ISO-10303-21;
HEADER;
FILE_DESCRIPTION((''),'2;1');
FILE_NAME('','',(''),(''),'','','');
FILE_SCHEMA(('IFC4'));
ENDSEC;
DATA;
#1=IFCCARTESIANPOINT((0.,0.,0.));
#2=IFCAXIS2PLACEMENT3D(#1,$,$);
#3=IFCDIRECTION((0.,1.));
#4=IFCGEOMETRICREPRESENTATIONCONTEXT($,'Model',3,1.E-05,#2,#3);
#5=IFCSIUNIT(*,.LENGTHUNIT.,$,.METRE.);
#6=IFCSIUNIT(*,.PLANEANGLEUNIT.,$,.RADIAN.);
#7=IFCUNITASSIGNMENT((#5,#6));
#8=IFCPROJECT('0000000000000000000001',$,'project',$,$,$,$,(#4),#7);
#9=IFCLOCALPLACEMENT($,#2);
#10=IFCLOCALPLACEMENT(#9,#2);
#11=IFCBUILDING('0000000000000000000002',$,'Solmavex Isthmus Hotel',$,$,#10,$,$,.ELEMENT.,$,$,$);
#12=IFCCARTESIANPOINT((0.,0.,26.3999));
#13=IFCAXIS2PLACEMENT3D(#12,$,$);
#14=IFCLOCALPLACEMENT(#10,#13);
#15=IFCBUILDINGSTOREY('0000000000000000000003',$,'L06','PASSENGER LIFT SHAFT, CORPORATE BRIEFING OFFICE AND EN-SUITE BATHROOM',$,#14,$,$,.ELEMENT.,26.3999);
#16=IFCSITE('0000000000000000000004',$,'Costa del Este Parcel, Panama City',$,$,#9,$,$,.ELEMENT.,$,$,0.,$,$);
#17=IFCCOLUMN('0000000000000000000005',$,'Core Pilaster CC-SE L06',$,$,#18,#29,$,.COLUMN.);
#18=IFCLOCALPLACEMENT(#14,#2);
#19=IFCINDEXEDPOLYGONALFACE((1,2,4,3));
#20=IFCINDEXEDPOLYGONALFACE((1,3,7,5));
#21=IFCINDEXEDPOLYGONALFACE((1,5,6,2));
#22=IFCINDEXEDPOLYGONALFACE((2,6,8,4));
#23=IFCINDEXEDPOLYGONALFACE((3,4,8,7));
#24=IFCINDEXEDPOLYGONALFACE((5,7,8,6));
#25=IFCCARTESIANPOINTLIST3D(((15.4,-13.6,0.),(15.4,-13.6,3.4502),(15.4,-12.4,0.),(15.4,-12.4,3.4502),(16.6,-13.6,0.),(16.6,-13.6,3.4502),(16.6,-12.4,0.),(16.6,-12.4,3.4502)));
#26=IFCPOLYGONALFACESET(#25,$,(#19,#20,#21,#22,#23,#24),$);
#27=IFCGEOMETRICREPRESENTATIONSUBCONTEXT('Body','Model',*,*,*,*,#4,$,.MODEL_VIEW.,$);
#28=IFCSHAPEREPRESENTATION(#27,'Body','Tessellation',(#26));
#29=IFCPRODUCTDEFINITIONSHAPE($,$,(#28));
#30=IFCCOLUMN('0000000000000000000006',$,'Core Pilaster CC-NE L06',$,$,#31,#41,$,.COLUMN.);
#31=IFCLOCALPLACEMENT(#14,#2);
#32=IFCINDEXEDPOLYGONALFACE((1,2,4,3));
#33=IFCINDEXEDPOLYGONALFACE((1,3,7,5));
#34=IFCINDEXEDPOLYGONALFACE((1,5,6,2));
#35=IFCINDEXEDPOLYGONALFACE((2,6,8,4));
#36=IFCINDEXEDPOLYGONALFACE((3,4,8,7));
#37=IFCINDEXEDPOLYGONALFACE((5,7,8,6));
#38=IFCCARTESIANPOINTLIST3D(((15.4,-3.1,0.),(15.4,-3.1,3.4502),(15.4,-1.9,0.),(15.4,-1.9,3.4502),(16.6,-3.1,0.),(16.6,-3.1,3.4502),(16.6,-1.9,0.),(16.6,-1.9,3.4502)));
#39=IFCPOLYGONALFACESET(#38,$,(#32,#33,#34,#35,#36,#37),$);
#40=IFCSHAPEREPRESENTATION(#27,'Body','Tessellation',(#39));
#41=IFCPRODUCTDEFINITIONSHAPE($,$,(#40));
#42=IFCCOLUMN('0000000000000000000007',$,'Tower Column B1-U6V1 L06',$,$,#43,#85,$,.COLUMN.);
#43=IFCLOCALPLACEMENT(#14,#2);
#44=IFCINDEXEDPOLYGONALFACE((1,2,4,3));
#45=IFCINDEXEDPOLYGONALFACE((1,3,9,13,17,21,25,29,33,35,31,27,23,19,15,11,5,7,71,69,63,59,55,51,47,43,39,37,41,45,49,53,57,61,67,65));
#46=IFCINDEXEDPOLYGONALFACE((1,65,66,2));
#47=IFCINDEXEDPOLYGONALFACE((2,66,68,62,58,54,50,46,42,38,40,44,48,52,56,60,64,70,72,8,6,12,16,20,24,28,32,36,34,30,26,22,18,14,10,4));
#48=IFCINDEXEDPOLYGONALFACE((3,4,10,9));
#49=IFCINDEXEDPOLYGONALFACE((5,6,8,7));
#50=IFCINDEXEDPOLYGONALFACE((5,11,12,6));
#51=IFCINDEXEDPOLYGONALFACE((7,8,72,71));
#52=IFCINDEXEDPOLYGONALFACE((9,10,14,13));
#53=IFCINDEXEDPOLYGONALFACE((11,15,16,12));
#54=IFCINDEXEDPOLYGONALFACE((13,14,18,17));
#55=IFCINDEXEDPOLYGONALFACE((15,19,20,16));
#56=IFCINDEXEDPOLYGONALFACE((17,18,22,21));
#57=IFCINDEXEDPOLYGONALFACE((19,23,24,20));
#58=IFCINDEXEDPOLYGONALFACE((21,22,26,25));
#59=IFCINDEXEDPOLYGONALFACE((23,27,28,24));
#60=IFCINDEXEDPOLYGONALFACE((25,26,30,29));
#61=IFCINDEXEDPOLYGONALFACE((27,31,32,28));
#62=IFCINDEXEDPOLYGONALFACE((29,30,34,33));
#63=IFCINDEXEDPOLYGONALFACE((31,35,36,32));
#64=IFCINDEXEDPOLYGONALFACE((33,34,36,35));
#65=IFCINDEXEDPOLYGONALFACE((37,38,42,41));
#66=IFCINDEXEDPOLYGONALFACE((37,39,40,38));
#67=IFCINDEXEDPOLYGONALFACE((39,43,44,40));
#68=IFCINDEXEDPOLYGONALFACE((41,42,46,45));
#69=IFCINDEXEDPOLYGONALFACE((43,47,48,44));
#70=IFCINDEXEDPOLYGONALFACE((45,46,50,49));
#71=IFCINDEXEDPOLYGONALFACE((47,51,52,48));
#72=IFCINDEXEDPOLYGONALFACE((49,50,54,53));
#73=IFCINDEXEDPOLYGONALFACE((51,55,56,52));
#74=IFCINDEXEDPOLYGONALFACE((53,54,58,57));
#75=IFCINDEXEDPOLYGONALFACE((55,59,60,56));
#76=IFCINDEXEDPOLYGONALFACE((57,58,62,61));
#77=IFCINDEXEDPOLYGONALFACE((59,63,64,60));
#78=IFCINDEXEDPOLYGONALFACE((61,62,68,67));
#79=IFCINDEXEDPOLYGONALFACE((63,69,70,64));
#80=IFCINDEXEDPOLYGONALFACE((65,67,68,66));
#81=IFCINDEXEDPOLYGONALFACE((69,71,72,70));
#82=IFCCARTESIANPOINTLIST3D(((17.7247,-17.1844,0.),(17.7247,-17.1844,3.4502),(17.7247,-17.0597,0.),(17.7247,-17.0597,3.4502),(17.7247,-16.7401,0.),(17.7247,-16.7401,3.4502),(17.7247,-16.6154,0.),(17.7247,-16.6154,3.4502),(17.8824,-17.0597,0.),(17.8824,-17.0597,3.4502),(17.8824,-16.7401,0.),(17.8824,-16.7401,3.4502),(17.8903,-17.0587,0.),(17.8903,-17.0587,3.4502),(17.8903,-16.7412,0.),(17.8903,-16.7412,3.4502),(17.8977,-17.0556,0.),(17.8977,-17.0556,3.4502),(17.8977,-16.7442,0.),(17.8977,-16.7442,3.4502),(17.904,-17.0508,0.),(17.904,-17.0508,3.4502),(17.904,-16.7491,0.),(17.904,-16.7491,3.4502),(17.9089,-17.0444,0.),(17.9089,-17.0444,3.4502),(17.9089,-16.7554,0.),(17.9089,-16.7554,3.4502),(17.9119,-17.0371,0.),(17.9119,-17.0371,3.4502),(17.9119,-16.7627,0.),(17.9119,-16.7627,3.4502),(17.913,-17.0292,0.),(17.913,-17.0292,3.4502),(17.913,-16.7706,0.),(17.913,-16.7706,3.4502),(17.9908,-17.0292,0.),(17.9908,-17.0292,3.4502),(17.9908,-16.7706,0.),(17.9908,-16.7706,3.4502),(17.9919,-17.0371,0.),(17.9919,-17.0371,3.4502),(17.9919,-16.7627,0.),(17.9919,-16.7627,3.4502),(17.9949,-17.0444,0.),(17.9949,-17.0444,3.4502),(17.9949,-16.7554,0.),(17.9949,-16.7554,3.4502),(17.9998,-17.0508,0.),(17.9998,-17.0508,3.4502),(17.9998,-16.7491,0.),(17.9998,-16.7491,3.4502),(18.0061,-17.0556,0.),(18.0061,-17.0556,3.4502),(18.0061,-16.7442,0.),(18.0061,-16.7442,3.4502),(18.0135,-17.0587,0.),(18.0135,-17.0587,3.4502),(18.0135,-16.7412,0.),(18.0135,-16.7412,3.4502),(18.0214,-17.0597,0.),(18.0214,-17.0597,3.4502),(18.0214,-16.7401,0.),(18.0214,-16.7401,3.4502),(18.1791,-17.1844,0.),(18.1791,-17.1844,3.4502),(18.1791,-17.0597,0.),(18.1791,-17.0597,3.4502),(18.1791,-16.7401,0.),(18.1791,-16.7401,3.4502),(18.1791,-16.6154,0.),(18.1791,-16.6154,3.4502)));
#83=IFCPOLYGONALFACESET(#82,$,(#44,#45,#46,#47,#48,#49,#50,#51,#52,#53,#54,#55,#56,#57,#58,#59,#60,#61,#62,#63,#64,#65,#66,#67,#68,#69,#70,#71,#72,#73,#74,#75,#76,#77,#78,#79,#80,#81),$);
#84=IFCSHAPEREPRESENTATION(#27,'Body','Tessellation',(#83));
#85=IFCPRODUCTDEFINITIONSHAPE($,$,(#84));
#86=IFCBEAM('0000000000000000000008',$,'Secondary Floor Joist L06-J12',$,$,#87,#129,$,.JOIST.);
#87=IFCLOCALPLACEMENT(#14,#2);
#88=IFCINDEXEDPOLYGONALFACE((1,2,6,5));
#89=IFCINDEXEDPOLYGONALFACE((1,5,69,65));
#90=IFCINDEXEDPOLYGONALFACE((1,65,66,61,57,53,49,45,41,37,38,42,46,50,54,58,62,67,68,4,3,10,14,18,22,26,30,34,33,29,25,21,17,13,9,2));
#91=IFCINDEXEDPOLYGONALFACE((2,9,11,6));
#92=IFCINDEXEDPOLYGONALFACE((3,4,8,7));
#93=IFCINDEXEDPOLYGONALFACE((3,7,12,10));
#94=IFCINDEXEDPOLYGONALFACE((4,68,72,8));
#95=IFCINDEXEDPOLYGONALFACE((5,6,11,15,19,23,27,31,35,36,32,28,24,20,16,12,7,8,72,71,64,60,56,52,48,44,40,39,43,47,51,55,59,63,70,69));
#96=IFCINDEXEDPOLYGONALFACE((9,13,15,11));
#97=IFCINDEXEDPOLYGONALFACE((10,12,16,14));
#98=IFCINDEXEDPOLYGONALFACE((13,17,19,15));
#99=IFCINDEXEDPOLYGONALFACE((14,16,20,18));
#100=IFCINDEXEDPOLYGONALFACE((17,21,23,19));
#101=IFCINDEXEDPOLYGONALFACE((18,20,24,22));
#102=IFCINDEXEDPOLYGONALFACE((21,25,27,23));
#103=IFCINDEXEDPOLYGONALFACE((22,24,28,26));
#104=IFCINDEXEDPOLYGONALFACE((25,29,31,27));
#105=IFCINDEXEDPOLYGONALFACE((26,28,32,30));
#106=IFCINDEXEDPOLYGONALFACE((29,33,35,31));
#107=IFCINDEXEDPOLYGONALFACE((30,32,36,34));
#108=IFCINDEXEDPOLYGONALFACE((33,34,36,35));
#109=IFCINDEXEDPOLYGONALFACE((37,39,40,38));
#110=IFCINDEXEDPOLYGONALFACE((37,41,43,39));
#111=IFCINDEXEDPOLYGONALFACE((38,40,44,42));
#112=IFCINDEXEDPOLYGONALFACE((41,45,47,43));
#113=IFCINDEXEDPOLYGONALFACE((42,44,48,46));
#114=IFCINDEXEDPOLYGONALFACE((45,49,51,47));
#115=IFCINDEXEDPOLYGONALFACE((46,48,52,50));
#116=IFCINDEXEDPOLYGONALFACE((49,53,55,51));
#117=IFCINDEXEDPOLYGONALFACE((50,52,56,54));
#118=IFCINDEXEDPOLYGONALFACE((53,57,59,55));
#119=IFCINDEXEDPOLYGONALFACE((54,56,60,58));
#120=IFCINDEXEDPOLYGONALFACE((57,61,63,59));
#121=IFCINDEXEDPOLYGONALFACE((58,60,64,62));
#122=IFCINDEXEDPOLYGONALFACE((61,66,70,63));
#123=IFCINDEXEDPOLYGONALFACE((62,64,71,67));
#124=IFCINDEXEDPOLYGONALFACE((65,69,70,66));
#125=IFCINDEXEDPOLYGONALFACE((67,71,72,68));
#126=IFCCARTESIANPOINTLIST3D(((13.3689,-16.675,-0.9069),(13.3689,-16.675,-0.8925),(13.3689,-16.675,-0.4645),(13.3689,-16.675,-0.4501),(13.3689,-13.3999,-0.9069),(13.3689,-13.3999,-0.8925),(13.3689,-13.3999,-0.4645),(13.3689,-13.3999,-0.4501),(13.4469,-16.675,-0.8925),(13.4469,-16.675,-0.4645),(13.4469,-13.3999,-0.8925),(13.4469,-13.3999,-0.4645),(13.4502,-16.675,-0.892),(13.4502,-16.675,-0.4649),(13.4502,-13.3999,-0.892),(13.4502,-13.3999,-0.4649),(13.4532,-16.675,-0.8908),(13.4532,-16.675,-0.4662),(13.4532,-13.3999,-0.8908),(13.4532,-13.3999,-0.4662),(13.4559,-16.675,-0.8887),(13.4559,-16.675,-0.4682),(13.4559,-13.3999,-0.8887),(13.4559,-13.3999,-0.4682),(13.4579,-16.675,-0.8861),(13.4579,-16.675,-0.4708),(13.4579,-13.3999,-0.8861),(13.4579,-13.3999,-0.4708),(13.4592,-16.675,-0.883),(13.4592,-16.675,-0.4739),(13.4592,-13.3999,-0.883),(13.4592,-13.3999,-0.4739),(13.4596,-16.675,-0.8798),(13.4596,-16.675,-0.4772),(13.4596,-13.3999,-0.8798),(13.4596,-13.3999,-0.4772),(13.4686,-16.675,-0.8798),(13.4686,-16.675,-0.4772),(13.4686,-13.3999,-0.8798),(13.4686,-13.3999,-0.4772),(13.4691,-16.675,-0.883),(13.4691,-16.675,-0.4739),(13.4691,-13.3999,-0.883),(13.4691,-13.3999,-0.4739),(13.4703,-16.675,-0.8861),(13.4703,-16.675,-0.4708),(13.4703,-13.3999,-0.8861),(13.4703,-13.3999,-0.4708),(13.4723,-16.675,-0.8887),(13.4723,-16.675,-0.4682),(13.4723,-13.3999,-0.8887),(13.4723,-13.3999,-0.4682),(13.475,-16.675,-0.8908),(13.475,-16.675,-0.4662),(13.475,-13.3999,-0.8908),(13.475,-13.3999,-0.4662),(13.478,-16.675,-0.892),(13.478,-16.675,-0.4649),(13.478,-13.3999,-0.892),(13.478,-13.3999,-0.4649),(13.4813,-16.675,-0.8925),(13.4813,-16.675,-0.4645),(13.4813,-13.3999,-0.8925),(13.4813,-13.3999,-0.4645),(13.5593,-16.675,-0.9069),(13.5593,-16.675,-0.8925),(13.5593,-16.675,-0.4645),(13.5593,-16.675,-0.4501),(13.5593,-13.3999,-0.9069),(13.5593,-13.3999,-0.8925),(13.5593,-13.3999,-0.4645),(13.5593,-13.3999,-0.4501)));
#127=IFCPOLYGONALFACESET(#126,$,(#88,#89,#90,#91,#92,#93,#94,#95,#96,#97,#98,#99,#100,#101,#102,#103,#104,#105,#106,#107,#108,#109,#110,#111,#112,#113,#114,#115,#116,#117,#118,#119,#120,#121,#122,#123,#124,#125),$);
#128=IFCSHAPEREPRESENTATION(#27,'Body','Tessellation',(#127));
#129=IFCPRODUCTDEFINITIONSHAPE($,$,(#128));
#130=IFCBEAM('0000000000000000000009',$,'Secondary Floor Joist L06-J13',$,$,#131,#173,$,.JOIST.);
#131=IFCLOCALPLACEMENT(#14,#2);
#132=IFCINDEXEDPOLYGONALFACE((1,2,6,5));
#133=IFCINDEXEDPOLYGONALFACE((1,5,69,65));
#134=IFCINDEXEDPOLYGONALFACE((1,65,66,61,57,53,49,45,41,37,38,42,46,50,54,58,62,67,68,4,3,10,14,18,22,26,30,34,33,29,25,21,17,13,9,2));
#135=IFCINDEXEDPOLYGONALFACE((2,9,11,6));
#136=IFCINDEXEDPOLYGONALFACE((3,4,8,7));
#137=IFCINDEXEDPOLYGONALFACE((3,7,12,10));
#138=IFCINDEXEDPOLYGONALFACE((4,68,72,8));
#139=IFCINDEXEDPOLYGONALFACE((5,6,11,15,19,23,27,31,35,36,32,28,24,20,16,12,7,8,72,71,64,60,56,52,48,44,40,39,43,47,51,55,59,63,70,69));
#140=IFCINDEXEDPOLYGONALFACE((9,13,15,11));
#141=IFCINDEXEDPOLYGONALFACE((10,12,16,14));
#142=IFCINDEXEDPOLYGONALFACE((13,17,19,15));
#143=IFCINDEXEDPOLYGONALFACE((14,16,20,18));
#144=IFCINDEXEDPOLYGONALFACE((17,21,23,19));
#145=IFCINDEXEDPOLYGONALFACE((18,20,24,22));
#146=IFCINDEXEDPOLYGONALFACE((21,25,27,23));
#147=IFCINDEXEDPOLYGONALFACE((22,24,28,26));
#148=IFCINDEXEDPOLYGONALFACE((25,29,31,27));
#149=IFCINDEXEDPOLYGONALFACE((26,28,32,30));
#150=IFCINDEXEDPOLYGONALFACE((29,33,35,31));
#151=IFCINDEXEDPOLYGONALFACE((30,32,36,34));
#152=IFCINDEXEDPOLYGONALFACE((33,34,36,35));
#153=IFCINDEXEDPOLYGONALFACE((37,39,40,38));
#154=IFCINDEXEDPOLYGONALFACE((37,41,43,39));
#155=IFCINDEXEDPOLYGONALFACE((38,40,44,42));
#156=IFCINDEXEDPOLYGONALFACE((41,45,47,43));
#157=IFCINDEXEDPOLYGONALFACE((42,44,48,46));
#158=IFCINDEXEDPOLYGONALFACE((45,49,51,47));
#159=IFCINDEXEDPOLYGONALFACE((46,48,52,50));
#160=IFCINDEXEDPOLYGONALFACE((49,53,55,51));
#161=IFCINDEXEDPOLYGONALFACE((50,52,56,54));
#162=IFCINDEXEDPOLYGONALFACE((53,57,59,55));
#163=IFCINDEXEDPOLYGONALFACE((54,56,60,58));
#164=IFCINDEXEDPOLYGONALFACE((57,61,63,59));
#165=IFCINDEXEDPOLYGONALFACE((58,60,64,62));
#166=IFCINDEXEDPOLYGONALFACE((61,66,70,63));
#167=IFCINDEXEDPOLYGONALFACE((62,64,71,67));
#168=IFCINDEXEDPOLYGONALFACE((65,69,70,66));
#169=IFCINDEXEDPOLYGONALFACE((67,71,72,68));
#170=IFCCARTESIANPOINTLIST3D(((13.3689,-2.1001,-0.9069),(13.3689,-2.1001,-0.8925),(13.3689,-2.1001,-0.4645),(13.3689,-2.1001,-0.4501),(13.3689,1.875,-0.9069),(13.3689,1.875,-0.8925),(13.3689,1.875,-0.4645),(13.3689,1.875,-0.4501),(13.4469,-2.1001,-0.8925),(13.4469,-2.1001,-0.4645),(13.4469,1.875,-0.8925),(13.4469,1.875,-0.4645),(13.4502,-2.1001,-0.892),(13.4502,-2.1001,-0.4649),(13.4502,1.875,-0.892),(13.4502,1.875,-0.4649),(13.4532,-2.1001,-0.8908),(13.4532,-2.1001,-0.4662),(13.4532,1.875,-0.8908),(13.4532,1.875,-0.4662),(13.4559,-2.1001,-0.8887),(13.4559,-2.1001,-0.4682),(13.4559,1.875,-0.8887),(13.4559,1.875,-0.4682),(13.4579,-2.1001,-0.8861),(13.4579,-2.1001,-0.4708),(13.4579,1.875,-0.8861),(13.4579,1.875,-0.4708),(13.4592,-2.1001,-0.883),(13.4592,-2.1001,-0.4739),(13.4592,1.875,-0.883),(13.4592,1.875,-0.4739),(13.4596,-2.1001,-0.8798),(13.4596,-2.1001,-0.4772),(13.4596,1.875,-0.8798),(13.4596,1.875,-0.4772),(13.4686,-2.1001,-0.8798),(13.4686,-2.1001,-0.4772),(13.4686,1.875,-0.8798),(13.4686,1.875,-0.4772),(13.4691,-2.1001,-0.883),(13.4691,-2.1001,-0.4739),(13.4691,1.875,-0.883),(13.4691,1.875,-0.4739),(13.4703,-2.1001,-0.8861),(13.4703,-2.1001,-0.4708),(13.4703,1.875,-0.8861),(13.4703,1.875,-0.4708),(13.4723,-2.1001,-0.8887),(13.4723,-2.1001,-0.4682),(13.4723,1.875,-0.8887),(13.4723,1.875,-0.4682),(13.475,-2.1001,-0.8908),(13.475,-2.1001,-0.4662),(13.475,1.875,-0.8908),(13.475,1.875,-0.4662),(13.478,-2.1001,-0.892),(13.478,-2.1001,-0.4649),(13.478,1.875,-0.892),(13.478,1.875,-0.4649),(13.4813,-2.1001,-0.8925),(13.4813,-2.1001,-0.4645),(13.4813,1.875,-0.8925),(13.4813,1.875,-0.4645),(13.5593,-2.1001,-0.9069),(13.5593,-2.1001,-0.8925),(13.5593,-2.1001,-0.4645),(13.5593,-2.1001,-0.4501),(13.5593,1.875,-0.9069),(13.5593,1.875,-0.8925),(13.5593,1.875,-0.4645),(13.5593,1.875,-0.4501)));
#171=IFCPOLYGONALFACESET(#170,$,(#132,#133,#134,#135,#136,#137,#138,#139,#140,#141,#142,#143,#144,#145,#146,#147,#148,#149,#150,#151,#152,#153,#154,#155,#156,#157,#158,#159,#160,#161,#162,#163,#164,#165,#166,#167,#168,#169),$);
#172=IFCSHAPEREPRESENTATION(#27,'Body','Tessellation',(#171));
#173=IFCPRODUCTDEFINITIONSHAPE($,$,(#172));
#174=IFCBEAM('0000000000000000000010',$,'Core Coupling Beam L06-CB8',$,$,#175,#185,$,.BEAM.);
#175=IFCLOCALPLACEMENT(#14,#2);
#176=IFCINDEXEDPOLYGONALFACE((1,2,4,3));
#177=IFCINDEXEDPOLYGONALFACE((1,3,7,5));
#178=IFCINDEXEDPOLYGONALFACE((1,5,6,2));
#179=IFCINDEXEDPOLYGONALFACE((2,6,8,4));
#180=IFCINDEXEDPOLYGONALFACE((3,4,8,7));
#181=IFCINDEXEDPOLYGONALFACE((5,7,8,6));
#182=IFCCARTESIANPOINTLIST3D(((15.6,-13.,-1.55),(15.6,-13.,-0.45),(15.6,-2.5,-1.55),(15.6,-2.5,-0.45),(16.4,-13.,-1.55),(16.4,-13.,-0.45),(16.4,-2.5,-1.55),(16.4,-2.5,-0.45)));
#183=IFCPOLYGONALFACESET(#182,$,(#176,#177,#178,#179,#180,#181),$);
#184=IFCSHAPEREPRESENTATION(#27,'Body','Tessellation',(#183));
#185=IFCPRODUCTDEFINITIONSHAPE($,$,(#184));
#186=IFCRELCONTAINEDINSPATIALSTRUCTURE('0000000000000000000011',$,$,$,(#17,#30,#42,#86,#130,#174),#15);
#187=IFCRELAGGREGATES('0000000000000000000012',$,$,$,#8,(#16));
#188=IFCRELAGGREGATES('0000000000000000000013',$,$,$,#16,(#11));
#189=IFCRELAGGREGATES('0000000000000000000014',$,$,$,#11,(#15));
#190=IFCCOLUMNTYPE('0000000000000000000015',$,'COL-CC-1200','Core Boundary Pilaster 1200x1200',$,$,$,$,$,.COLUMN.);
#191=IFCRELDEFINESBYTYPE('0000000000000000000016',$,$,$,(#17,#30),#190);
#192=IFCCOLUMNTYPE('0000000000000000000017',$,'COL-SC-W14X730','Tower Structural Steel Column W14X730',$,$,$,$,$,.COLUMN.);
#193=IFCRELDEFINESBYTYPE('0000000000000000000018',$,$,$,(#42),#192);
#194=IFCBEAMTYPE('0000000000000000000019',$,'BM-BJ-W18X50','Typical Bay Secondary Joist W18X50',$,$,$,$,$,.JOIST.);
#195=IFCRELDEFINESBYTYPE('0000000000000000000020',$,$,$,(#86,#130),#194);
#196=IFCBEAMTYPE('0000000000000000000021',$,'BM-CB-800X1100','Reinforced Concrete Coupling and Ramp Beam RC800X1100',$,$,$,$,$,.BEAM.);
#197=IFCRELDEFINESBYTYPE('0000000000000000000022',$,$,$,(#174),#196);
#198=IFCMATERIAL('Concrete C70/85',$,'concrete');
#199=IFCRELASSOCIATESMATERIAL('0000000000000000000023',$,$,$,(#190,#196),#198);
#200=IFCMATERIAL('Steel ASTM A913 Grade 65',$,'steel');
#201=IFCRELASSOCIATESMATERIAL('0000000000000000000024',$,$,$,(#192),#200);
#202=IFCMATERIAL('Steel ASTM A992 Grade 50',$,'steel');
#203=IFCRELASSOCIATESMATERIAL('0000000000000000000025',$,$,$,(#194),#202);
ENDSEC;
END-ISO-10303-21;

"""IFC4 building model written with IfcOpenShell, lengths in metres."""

from ifc_helpers import new_model, si_unit, direction, frame, origin, origin_2d, place, context, subcontext, project, spatial, rectangle, i_section, extrude, material, material_profile, profile_set, type_object, element, save


model = new_model("IFC4")

# Units and contexts
model_context = context("Model", 3, precision=1e-05, world=origin(), true_north=direction((0.0, 1.0)))
body_context = subcontext(model_context, "Body", "Model", "MODEL_VIEW")
ifc_project = project(units=[si_unit("LENGTHUNIT", "METRE"), si_unit("PLANEANGLEUNIT", "RADIAN")], contexts=[model_context])

# Site, building, storey
site_placement = place(None, origin())
site = spatial("IfcSite", under=ifc_project, at=site_placement, Name="Costa del Este Parcel, Panama City", CompositionType="ELEMENT", RefElevation=0.0)
building_placement = place(site_placement, origin())
building = spatial("IfcBuilding", under=site, at=building_placement, Name="Solmavex Isthmus Hotel", CompositionType="ELEMENT")
storey_placement = place(building_placement, frame((0.0, 0.0, 26.3999)))
storey = spatial("IfcBuildingStorey", under=building, at=storey_placement, Name="L06", Description="PASSENGER LIFT SHAFT, CORPORATE BRIEFING OFFICE AND EN-SUITE BATHROOM", CompositionType="ELEMENT", Elevation=26.3999)

# Columns
ifc_material_1 = material(Name="Concrete C70/85", Category="concrete")
ifc_material_profile_1 = material_profile(ifc_material_1, rectangle(XDim=1.2, YDim=1.2, at=origin_2d()), Name="RC1200X1200")
ifc_profile_set_1 = profile_set([ifc_material_profile_1], Name="Concrete C70/85")
column_type_1 = type_object("IfcColumnType", Name="COL-CC-1200", Description="Core Boundary Pilaster 1200x1200", PredefinedType="COLUMN", material=ifc_profile_set_1)
for number, where, z_axis, x_axis, name in (
    (1, (16.0, -13.0, 0.0), (0.0, 0.0, 1.0), (1.0, 0.0, 0.0), "Core Pilaster CC-SE L06"),
    (2, (16.0, -2.5, 0.0), (0.0, 0.0, 1.0), (1.0, 0.0, 0.0), "Core Pilaster CC-NE L06"),
):
    element("IfcColumn", number, at=place(storey_placement, frame(where, z_axis=z_axis, x_axis=x_axis)), inside=storey, type_object=column_type_1, Name=name, PredefinedType="COLUMN", context=body_context, shape_type="SweptSolid", body=[
        extrude(rectangle(XDim=1.2, YDim=1.2, at=origin_2d()), origin(), (0.0, 0.0, 1.0), 3.4502),
    ])
ifc_material_2 = material(Name="Steel ASTM A913 Grade 65", Category="steel")
ifc_material_profile_2 = material_profile(ifc_material_2, i_section(OverallWidth=0.4543, OverallDepth=0.5691, WebThickness=0.0779, FlangeThickness=0.1248, FilletRadius=0.0305, at=origin_2d()), Name="W14X730")
ifc_profile_set_2 = profile_set([ifc_material_profile_2], Name="Steel ASTM A913 Grade 65")
column_type_2 = type_object("IfcColumnType", Name="COL-SC-W14X730", Description="Tower Structural Steel Column W14X730", PredefinedType="COLUMN", material=ifc_profile_set_2)
column_placement = place(storey_placement, frame((17.9519, -16.8999, 0.0), z_axis=(0.0, 0.0, 1.0), x_axis=(1.0, 0.0, 0.0)))
element("IfcColumn", 3, at=column_placement, inside=storey, type_object=column_type_2, Name="Tower Column B1-U6V1 L06", PredefinedType="COLUMN", context=body_context, shape_type="SweptSolid", body=[
    extrude(i_section(OverallWidth=0.4543, OverallDepth=0.5691, WebThickness=0.0779, FlangeThickness=0.1248, FilletRadius=0.0305, at=origin_2d()), origin(), (0.0, 0.0, 1.0), 3.4502),
])

# Beams
ifc_material_3 = material(Name="Steel ASTM A992 Grade 50", Category="steel")
ifc_material_profile_3 = material_profile(ifc_material_3, i_section(OverallWidth=0.1904, OverallDepth=0.4568, WebThickness=0.009, FlangeThickness=0.0144, FilletRadius=0.0127, at=origin_2d()), Name="W18X50")
ifc_profile_set_3 = profile_set([ifc_material_profile_3], Name="Steel ASTM A992 Grade 50")
beam_type_1 = type_object("IfcBeamType", Name="BM-BJ-W18X50", Description="Typical Bay Secondary Joist W18X50", PredefinedType="JOIST", material=ifc_profile_set_3)
beam_1_placement = place(storey_placement, frame((13.4641, -16.675, -0.6785), z_axis=(0.0, 1.0, 0.0), x_axis=(-1.0, 0.0, 0.0)))
element("IfcBeam", 4, at=beam_1_placement, inside=storey, type_object=beam_type_1, Name="Secondary Floor Joist L06-J12", PredefinedType="JOIST", context=body_context, shape_type="SweptSolid", body=[
    extrude(i_section(OverallWidth=0.1904, OverallDepth=0.4568, WebThickness=0.009, FlangeThickness=0.0144, FilletRadius=0.0127, at=origin_2d()), origin(), (0.0, 0.0, 1.0), 3.2751),
])
beam_2_placement = place(storey_placement, frame((13.4641, -2.1001, -0.6785), z_axis=(0.0, 1.0, 0.0), x_axis=(-1.0, 0.0, 0.0)))
element("IfcBeam", 5, at=beam_2_placement, inside=storey, type_object=beam_type_1, Name="Secondary Floor Joist L06-J13", PredefinedType="JOIST", context=body_context, shape_type="SweptSolid", body=[
    extrude(i_section(OverallWidth=0.1904, OverallDepth=0.4568, WebThickness=0.009, FlangeThickness=0.0144, FilletRadius=0.0127, at=origin_2d()), origin(), (0.0, 0.0, 1.0), 3.9751),
])
ifc_material_profile_4 = material_profile(ifc_material_1, rectangle(XDim=0.8, YDim=1.1001, at=origin_2d()), Name="RC800X1100")
ifc_profile_set_4 = profile_set([ifc_material_profile_4], Name="Concrete C70/85")
beam_type_2 = type_object("IfcBeamType", Name="BM-CB-800X1100", Description="Reinforced Concrete Coupling and Ramp Beam RC800X1100", PredefinedType="BEAM", material=ifc_profile_set_4)
beam_3_placement = place(storey_placement, frame((16.0, -13.0, -1.0), z_axis=(0.0, 1.0, 0.0), x_axis=(-1.0, 0.0, 0.0)))
element("IfcBeam", 6, at=beam_3_placement, inside=storey, type_object=beam_type_2, Name="Core Coupling Beam L06-CB8", PredefinedType="BEAM", context=body_context, shape_type="SweptSolid", body=[
    extrude(rectangle(XDim=0.8, YDim=1.1001, at=origin_2d()), origin(), (0.0, 0.0, 1.0), 10.5),
])

save(model, "model.ifc")
